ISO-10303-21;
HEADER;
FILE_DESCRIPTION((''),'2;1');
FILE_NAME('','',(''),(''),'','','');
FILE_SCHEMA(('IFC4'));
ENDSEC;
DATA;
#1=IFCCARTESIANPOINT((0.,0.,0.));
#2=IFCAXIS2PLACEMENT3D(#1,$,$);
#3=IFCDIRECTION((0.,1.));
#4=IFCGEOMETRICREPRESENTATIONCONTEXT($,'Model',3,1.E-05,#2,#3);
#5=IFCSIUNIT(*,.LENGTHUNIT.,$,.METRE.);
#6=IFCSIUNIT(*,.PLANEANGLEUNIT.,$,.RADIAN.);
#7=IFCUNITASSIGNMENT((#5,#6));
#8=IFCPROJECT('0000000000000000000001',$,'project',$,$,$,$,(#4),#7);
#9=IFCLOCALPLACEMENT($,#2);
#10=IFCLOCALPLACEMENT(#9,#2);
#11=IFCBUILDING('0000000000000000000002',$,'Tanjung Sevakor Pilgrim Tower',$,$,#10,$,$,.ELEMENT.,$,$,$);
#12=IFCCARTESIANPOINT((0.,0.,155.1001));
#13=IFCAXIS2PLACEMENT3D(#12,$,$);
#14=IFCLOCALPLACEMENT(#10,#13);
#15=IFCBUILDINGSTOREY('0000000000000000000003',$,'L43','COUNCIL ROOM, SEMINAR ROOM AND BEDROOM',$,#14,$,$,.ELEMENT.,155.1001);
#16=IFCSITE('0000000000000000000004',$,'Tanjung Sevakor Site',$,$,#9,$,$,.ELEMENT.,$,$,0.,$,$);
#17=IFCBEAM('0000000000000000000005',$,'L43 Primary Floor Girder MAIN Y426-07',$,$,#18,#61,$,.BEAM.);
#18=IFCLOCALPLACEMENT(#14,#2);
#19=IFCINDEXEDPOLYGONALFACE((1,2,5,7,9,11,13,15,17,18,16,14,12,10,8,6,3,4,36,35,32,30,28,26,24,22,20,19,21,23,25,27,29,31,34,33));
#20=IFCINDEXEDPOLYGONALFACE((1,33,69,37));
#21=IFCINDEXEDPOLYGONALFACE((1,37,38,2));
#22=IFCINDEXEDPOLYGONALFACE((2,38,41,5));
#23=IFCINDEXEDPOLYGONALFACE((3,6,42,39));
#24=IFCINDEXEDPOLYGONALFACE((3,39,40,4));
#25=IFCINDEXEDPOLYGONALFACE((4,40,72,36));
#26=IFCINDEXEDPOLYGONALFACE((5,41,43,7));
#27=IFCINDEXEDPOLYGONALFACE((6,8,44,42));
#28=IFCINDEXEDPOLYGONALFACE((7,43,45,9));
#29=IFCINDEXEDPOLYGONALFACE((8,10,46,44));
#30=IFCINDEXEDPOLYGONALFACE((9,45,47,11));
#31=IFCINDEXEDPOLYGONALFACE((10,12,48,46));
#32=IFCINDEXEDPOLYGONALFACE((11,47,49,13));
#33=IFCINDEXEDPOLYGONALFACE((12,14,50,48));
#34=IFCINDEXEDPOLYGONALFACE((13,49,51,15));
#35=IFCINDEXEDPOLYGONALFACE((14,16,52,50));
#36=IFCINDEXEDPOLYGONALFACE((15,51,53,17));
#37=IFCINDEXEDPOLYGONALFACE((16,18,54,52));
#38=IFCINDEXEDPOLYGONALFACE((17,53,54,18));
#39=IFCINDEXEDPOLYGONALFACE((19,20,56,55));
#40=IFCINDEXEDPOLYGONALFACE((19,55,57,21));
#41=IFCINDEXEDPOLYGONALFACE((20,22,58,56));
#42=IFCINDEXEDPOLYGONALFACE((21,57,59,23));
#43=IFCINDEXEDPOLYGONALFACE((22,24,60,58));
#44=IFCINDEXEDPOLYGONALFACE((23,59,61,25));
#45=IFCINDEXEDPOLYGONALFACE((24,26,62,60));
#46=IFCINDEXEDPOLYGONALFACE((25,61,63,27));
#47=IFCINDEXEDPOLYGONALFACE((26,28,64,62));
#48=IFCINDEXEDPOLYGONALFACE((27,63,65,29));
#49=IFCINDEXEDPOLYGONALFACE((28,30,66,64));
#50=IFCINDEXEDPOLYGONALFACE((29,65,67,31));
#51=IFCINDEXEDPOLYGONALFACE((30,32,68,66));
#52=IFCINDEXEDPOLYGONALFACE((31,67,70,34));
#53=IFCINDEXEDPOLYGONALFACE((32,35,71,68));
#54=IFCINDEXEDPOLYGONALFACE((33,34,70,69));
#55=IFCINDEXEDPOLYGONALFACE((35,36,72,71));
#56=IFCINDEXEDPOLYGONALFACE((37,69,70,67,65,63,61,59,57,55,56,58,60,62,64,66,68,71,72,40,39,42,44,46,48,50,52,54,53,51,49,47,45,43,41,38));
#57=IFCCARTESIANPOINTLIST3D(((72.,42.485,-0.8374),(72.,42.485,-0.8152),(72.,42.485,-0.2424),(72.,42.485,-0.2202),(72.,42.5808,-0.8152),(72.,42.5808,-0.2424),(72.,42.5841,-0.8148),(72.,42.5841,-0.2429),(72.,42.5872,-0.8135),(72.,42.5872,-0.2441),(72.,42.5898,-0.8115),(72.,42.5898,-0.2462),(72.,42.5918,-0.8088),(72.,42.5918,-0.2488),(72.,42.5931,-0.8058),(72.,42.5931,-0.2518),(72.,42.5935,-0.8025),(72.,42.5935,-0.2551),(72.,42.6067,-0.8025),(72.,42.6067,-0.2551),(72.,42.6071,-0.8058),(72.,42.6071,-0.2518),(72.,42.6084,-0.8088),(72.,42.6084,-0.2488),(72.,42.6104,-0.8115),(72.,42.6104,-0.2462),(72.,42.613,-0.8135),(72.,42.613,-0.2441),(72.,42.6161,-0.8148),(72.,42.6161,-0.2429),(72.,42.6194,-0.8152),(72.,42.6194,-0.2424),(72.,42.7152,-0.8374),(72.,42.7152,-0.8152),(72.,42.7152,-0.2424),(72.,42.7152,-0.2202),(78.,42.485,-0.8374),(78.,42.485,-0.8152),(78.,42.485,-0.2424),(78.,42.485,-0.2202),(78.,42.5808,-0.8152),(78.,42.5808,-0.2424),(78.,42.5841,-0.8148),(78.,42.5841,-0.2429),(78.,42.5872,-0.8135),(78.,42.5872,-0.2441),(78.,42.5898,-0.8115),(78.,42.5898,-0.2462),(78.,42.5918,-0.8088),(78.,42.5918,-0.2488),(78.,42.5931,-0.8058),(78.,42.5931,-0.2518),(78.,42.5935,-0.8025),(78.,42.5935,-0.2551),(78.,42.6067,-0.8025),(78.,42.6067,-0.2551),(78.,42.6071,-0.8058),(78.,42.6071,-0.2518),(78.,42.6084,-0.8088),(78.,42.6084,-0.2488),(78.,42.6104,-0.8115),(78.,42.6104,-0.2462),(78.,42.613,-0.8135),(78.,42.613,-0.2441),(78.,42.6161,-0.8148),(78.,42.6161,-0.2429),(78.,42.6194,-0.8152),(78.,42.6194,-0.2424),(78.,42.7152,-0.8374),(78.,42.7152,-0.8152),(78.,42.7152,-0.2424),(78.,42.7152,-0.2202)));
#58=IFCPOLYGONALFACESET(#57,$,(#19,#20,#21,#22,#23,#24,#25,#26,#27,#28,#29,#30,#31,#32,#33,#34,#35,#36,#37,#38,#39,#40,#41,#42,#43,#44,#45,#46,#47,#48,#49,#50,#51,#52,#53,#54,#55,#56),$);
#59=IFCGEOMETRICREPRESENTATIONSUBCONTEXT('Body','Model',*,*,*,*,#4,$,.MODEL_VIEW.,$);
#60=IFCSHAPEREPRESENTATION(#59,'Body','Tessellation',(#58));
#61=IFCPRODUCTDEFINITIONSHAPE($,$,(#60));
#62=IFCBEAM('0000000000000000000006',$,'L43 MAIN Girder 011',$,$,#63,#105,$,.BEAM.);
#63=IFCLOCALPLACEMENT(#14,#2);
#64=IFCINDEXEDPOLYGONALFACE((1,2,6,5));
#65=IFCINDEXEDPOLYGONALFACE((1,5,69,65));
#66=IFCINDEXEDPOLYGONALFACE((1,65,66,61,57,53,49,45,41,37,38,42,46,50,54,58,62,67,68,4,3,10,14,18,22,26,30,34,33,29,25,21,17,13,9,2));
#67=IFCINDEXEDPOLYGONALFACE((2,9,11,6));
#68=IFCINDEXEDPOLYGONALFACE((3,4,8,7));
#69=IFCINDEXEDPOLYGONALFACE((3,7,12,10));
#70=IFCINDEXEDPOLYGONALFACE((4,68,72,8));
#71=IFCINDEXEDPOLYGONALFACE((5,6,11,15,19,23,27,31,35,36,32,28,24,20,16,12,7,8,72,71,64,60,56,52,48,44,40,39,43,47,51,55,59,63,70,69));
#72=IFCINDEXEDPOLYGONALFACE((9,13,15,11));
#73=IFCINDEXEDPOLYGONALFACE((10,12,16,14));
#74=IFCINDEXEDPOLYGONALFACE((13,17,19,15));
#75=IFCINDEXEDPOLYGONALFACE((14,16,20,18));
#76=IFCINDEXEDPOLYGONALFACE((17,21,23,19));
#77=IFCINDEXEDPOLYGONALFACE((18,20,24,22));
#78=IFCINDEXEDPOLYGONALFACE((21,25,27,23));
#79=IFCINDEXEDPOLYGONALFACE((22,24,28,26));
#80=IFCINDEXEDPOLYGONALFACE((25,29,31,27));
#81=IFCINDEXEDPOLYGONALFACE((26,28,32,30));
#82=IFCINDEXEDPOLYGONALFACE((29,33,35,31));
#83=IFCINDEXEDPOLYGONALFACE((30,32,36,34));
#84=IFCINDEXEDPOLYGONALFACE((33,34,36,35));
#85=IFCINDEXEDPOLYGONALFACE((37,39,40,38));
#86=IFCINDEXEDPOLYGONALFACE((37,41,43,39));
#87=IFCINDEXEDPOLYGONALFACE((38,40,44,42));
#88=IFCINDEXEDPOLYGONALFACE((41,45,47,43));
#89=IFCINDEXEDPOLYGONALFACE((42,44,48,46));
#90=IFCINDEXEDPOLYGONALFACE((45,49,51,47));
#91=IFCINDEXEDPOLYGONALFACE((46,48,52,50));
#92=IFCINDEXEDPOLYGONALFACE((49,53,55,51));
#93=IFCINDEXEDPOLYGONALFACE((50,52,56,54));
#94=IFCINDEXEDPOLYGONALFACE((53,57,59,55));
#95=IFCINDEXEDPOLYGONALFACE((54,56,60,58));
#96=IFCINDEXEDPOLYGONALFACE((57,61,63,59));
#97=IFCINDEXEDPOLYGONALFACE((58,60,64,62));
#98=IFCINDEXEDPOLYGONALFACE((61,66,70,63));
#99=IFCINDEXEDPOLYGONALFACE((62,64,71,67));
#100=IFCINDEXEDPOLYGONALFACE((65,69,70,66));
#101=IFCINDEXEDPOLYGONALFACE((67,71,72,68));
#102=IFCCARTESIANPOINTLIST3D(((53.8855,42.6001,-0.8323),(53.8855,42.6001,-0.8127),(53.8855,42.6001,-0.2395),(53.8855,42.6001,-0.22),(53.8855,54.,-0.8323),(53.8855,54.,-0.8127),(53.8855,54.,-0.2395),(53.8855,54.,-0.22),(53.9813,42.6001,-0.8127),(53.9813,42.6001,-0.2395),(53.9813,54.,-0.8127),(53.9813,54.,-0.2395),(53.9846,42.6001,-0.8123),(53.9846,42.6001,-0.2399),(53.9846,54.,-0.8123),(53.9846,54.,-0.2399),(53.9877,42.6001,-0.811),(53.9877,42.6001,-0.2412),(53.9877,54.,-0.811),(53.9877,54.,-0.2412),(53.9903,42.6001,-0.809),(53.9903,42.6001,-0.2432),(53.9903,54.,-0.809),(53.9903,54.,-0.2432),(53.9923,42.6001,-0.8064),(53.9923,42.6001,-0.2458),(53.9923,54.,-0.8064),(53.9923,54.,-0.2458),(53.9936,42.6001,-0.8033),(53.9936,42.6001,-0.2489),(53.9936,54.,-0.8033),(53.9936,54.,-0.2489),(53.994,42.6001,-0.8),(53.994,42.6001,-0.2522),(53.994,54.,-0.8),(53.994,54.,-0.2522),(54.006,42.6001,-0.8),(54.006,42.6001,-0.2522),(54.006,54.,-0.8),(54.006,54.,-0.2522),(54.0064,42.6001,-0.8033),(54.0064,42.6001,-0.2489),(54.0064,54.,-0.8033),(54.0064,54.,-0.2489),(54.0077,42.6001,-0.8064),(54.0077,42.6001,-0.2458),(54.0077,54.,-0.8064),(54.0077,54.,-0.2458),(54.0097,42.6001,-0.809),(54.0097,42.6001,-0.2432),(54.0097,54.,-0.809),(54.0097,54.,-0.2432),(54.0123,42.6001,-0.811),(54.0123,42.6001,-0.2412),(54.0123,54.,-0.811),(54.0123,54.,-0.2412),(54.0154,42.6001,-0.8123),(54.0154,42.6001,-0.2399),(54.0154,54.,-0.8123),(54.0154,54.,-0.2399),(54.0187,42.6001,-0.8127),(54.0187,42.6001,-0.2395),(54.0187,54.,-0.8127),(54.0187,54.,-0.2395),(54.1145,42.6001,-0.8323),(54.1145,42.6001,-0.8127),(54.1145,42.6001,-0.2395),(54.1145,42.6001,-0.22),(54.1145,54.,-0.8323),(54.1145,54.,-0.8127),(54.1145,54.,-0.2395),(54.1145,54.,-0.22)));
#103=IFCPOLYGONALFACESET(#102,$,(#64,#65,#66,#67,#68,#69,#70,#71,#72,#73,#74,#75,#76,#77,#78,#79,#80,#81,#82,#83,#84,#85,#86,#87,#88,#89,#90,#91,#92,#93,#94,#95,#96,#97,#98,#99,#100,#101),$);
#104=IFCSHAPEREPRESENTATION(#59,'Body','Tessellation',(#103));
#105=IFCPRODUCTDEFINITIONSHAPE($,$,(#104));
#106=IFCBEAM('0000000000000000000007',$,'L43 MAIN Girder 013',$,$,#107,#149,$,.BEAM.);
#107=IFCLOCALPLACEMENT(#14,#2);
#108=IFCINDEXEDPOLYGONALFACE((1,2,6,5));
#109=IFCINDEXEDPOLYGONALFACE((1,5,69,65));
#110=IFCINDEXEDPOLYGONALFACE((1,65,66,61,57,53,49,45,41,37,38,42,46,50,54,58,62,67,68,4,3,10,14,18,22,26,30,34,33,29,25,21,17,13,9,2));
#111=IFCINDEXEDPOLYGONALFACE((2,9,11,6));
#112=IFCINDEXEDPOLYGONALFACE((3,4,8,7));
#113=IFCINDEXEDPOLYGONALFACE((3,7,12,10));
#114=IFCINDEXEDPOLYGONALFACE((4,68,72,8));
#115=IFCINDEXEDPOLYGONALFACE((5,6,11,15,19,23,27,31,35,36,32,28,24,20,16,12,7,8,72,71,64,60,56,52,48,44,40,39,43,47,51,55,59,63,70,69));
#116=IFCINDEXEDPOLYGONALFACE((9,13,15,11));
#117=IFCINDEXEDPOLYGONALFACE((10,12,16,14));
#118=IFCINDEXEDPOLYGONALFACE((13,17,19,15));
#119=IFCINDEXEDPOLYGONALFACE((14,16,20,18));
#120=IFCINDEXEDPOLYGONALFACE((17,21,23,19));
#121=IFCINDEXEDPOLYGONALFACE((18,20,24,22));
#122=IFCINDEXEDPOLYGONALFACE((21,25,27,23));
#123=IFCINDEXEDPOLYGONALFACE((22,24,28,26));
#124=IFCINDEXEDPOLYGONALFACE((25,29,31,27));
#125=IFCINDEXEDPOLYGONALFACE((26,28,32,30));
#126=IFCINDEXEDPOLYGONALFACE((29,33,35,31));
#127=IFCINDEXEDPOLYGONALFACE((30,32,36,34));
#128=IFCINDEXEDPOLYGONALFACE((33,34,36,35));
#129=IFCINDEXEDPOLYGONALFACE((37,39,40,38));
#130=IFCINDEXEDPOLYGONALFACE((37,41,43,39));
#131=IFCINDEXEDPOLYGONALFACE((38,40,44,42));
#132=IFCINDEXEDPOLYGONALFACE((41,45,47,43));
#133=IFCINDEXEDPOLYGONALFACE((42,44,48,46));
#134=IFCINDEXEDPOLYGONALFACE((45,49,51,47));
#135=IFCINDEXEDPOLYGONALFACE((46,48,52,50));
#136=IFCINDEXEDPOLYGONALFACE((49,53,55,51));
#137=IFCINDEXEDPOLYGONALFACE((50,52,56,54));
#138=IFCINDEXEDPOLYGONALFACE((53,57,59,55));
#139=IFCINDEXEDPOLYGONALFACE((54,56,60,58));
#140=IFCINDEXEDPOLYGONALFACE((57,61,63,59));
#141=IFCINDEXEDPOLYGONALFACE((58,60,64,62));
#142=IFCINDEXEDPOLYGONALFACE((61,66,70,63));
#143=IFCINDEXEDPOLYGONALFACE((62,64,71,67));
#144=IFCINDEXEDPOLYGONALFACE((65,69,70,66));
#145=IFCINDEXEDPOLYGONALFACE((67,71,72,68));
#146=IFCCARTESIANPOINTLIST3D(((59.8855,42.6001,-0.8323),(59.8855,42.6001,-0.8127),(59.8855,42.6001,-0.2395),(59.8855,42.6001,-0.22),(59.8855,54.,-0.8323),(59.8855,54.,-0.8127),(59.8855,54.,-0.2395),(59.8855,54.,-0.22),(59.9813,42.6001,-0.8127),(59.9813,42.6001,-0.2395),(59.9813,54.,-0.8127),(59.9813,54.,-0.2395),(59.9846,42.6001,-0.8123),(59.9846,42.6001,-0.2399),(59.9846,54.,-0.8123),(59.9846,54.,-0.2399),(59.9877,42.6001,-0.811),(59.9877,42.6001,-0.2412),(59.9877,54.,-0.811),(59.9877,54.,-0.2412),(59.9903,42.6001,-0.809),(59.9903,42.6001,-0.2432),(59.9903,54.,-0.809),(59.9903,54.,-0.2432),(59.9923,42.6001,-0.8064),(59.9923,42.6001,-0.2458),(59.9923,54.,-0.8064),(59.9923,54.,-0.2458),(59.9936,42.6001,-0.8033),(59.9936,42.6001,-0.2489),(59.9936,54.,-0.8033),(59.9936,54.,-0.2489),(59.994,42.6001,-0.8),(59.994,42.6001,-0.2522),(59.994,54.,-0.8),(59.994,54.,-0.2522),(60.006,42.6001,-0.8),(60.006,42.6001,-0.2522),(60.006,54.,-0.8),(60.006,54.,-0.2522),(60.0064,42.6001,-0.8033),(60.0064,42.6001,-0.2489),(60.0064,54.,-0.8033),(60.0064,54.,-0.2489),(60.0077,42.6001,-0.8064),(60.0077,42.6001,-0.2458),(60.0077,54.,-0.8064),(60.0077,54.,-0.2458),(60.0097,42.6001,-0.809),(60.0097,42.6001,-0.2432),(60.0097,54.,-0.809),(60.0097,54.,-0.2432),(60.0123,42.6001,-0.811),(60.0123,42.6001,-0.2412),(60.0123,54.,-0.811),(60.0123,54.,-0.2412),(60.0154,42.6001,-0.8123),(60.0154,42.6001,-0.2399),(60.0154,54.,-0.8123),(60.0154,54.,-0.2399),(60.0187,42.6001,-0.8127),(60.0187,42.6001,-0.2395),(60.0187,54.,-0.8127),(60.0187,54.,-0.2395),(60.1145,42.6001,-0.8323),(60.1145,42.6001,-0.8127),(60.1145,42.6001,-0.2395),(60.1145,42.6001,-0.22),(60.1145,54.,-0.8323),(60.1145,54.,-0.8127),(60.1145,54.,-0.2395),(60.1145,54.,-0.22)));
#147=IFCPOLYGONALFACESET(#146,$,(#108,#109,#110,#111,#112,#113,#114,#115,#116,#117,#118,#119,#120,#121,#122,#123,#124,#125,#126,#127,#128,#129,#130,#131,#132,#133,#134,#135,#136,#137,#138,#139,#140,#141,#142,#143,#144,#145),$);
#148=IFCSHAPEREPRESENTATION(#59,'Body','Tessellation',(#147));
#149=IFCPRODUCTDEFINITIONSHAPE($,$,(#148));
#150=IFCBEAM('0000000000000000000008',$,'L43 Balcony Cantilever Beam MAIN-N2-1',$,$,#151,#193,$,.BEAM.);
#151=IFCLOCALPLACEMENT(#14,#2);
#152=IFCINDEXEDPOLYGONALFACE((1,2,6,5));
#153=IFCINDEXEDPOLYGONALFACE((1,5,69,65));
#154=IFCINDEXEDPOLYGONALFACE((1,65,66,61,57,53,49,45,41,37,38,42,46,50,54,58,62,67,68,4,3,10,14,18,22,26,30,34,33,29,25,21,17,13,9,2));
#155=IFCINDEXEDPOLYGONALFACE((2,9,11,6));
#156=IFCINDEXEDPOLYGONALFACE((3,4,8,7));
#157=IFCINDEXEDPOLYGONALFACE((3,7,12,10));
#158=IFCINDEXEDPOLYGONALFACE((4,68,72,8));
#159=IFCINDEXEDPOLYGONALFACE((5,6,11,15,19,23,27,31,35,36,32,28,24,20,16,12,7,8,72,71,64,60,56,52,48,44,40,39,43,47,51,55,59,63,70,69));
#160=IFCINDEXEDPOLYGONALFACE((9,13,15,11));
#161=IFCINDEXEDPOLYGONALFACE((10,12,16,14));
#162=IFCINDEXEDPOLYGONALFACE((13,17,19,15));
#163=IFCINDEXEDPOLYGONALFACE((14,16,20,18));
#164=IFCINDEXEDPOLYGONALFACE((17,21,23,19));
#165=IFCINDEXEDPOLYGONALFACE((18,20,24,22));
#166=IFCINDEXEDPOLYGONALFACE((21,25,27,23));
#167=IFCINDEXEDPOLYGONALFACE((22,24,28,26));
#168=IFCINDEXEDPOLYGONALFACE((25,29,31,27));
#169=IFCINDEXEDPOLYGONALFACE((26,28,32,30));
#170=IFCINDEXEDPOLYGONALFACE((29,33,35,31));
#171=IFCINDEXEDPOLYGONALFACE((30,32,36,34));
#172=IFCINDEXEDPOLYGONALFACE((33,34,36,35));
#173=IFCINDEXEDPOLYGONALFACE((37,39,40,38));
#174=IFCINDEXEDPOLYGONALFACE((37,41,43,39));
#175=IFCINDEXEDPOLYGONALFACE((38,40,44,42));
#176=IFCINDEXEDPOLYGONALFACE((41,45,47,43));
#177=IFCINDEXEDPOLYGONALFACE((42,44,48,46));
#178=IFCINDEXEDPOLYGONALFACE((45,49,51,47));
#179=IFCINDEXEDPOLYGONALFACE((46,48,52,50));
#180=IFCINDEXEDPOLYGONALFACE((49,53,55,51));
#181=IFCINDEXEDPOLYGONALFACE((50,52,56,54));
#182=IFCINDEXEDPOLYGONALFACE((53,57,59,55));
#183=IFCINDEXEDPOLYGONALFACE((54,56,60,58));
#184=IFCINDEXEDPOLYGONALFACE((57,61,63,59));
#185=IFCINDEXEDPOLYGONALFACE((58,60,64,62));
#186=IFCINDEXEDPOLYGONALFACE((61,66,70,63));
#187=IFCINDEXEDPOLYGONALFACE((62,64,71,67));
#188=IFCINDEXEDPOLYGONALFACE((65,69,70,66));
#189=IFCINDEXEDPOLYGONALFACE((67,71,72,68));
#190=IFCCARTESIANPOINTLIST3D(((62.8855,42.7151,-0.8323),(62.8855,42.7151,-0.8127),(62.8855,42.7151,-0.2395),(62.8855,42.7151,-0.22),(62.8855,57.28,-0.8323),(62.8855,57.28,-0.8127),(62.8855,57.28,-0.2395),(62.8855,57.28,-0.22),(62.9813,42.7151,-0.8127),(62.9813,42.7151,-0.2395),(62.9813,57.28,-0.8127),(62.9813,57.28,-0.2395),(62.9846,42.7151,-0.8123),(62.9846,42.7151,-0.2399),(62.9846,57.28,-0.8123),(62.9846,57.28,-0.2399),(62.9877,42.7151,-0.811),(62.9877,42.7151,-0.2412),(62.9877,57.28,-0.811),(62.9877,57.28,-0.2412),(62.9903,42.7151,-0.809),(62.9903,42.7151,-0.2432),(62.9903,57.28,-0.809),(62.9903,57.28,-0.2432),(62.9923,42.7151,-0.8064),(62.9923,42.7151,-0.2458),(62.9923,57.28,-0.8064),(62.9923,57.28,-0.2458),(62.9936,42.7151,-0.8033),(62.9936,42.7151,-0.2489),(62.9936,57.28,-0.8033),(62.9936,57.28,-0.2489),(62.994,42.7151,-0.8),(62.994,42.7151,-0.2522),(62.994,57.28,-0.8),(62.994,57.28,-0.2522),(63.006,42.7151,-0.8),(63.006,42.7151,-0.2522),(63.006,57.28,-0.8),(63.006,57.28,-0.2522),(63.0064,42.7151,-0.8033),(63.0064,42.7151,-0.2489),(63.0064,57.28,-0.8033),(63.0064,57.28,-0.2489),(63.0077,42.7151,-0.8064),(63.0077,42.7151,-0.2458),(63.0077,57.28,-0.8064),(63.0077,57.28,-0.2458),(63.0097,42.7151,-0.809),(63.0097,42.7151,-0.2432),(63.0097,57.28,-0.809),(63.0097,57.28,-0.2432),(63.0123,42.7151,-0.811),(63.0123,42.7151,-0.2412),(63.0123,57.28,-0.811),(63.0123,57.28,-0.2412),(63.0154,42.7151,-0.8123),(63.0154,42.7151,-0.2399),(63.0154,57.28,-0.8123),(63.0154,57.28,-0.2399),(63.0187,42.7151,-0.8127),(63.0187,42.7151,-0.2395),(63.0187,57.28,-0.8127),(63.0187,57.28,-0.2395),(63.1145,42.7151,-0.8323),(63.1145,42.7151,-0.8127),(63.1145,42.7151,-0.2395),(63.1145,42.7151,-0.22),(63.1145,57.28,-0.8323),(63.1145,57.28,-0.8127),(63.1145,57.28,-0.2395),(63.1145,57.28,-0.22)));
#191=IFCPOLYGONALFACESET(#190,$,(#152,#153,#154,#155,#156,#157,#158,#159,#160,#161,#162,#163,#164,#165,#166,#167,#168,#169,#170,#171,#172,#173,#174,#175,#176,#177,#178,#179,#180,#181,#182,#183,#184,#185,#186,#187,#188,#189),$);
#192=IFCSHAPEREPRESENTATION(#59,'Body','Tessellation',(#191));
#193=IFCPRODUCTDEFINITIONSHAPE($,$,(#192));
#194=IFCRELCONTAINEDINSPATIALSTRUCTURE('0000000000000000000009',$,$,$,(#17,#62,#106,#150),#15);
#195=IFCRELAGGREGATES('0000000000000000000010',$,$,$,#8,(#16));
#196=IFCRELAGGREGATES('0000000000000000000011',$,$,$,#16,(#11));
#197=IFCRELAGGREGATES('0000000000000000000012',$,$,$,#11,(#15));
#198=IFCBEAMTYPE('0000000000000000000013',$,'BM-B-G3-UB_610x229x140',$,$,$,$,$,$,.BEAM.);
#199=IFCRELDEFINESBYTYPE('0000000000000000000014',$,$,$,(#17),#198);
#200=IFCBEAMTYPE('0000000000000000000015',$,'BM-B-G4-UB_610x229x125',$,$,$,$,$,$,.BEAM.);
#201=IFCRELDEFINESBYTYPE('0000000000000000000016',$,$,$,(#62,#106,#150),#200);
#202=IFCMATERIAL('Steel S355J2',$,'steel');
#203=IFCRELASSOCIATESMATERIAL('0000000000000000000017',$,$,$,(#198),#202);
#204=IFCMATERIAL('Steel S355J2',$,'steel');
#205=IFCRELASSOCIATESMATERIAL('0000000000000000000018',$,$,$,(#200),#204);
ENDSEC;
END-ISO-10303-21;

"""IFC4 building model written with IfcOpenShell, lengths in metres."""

from ifc_helpers import new_model, si_unit, direction, frame, origin, origin_2d, place, context, subcontext, project, spatial, i_section, extrude, material, material_profile, profile_set, type_object, element, save


model = new_model("IFC4")

# Units and contexts
model_context = context("Model", 3, precision=1e-05, world=origin(), true_north=direction((0.0, 1.0)))
body_context = subcontext(model_context, "Body", "Model", "MODEL_VIEW")
ifc_project = project(units=[si_unit("LENGTHUNIT", "METRE"), si_unit("PLANEANGLEUNIT", "RADIAN")], contexts=[model_context])

# Site, building, storey
site_placement = place(None, origin())
site = spatial("IfcSite", under=ifc_project, at=site_placement, Name="Tanjung Sevakor Site", CompositionType="ELEMENT", RefElevation=0.0)
building_placement = place(site_placement, origin())
building = spatial("IfcBuilding", under=site, at=building_placement, Name="Tanjung Sevakor Pilgrim Tower", CompositionType="ELEMENT")
storey_placement = place(building_placement, frame((0.0, 0.0, 155.1001)))
storey = spatial("IfcBuildingStorey", under=building, at=storey_placement, Name="L43", Description="COUNCIL ROOM, SEMINAR ROOM AND BEDROOM", CompositionType="ELEMENT", Elevation=155.1001)

# Beams
ifc_material_1 = material(Name="Steel S355J2", Category="steel")
ifc_material_profile_1 = material_profile(ifc_material_1, i_section(OverallWidth=0.2302, OverallDepth=0.6172, WebThickness=0.0132, FlangeThickness=0.0222, FilletRadius=0.0127, at=origin_2d()))
ifc_profile_set_1 = profile_set([ifc_material_profile_1], Name="Steel S355J2")
beam_type_1 = type_object("IfcBeamType", Name="BM-B-G3-UB_610x229x140", PredefinedType="BEAM", material=ifc_profile_set_1)
for number, where, z_axis, x_axis, name in (
    (1, (72.0, 42.6001, -0.5288), (1.0, 0.0, 0.0), (0.0, 1.0, 0.0), "L43 Primary Floor Girder MAIN Y426-07"),
):
    element("IfcBeam", number, at=place(storey_placement, frame(where, z_axis=z_axis, x_axis=x_axis)), inside=storey, type_object=beam_type_1, Name=name, PredefinedType="BEAM", context=body_context, shape_type="SweptSolid", body=[
        extrude(i_section(OverallWidth=0.2302, OverallDepth=0.6172, WebThickness=0.0132, FlangeThickness=0.0222, FilletRadius=0.0127, at=origin_2d()), origin(), (0.0, 0.0, 1.0), 6.0),
    ])
ifc_material_2 = material(Name="Steel S355J2", Category="steel")
ifc_material_profile_2 = material_profile(ifc_material_2, i_section(OverallWidth=0.229, OverallDepth=0.6123, WebThickness=0.012, FlangeThickness=0.0195, FilletRadius=0.0127, at=origin_2d()))
ifc_profile_set_2 = profile_set([ifc_material_profile_2], Name="Steel S355J2")
beam_type_2 = type_object("IfcBeamType", Name="BM-B-G4-UB_610x229x125", PredefinedType="BEAM", material=ifc_profile_set_2)
for number, where, z_axis, x_axis, name in (
    (2, (54.0, 42.6001, -0.5261), (0.0, 1.0, 0.0), (-1.0, 0.0, 0.0), "L43 MAIN Girder 011"),
    (3, (60.0, 42.6001, -0.5261), (0.0, 1.0, 0.0), (-1.0, 0.0, 0.0), "L43 MAIN Girder 013"),
):
    element("IfcBeam", number, at=place(storey_placement, frame(where, z_axis=z_axis, x_axis=x_axis)), inside=storey, type_object=beam_type_2, Name=name, PredefinedType="BEAM", context=body_context, shape_type="SweptSolid", body=[
        extrude(i_section(OverallWidth=0.229, OverallDepth=0.6123, WebThickness=0.012, FlangeThickness=0.0195, FilletRadius=0.0127, at=origin_2d()), origin(), (0.0, 0.0, 1.0), 11.3999),
    ])
beam_1_placement = place(storey_placement, frame((63.0, 42.7151, -0.5261), z_axis=(0.0, 1.0, 0.0), x_axis=(-1.0, 0.0, 0.0)))
element("IfcBeam", 4, at=beam_1_placement, inside=storey, type_object=beam_type_2, Name="L43 Balcony Cantilever Beam MAIN-N2-1", PredefinedType="BEAM", context=body_context, shape_type="SweptSolid", body=[
    extrude(i_section(OverallWidth=0.229, OverallDepth=0.6123, WebThickness=0.012, FlangeThickness=0.0195, FilletRadius=0.0127, at=origin_2d()), origin(), (0.0, 0.0, 1.0), 14.5649),
])

save(model, "model.ifc")
